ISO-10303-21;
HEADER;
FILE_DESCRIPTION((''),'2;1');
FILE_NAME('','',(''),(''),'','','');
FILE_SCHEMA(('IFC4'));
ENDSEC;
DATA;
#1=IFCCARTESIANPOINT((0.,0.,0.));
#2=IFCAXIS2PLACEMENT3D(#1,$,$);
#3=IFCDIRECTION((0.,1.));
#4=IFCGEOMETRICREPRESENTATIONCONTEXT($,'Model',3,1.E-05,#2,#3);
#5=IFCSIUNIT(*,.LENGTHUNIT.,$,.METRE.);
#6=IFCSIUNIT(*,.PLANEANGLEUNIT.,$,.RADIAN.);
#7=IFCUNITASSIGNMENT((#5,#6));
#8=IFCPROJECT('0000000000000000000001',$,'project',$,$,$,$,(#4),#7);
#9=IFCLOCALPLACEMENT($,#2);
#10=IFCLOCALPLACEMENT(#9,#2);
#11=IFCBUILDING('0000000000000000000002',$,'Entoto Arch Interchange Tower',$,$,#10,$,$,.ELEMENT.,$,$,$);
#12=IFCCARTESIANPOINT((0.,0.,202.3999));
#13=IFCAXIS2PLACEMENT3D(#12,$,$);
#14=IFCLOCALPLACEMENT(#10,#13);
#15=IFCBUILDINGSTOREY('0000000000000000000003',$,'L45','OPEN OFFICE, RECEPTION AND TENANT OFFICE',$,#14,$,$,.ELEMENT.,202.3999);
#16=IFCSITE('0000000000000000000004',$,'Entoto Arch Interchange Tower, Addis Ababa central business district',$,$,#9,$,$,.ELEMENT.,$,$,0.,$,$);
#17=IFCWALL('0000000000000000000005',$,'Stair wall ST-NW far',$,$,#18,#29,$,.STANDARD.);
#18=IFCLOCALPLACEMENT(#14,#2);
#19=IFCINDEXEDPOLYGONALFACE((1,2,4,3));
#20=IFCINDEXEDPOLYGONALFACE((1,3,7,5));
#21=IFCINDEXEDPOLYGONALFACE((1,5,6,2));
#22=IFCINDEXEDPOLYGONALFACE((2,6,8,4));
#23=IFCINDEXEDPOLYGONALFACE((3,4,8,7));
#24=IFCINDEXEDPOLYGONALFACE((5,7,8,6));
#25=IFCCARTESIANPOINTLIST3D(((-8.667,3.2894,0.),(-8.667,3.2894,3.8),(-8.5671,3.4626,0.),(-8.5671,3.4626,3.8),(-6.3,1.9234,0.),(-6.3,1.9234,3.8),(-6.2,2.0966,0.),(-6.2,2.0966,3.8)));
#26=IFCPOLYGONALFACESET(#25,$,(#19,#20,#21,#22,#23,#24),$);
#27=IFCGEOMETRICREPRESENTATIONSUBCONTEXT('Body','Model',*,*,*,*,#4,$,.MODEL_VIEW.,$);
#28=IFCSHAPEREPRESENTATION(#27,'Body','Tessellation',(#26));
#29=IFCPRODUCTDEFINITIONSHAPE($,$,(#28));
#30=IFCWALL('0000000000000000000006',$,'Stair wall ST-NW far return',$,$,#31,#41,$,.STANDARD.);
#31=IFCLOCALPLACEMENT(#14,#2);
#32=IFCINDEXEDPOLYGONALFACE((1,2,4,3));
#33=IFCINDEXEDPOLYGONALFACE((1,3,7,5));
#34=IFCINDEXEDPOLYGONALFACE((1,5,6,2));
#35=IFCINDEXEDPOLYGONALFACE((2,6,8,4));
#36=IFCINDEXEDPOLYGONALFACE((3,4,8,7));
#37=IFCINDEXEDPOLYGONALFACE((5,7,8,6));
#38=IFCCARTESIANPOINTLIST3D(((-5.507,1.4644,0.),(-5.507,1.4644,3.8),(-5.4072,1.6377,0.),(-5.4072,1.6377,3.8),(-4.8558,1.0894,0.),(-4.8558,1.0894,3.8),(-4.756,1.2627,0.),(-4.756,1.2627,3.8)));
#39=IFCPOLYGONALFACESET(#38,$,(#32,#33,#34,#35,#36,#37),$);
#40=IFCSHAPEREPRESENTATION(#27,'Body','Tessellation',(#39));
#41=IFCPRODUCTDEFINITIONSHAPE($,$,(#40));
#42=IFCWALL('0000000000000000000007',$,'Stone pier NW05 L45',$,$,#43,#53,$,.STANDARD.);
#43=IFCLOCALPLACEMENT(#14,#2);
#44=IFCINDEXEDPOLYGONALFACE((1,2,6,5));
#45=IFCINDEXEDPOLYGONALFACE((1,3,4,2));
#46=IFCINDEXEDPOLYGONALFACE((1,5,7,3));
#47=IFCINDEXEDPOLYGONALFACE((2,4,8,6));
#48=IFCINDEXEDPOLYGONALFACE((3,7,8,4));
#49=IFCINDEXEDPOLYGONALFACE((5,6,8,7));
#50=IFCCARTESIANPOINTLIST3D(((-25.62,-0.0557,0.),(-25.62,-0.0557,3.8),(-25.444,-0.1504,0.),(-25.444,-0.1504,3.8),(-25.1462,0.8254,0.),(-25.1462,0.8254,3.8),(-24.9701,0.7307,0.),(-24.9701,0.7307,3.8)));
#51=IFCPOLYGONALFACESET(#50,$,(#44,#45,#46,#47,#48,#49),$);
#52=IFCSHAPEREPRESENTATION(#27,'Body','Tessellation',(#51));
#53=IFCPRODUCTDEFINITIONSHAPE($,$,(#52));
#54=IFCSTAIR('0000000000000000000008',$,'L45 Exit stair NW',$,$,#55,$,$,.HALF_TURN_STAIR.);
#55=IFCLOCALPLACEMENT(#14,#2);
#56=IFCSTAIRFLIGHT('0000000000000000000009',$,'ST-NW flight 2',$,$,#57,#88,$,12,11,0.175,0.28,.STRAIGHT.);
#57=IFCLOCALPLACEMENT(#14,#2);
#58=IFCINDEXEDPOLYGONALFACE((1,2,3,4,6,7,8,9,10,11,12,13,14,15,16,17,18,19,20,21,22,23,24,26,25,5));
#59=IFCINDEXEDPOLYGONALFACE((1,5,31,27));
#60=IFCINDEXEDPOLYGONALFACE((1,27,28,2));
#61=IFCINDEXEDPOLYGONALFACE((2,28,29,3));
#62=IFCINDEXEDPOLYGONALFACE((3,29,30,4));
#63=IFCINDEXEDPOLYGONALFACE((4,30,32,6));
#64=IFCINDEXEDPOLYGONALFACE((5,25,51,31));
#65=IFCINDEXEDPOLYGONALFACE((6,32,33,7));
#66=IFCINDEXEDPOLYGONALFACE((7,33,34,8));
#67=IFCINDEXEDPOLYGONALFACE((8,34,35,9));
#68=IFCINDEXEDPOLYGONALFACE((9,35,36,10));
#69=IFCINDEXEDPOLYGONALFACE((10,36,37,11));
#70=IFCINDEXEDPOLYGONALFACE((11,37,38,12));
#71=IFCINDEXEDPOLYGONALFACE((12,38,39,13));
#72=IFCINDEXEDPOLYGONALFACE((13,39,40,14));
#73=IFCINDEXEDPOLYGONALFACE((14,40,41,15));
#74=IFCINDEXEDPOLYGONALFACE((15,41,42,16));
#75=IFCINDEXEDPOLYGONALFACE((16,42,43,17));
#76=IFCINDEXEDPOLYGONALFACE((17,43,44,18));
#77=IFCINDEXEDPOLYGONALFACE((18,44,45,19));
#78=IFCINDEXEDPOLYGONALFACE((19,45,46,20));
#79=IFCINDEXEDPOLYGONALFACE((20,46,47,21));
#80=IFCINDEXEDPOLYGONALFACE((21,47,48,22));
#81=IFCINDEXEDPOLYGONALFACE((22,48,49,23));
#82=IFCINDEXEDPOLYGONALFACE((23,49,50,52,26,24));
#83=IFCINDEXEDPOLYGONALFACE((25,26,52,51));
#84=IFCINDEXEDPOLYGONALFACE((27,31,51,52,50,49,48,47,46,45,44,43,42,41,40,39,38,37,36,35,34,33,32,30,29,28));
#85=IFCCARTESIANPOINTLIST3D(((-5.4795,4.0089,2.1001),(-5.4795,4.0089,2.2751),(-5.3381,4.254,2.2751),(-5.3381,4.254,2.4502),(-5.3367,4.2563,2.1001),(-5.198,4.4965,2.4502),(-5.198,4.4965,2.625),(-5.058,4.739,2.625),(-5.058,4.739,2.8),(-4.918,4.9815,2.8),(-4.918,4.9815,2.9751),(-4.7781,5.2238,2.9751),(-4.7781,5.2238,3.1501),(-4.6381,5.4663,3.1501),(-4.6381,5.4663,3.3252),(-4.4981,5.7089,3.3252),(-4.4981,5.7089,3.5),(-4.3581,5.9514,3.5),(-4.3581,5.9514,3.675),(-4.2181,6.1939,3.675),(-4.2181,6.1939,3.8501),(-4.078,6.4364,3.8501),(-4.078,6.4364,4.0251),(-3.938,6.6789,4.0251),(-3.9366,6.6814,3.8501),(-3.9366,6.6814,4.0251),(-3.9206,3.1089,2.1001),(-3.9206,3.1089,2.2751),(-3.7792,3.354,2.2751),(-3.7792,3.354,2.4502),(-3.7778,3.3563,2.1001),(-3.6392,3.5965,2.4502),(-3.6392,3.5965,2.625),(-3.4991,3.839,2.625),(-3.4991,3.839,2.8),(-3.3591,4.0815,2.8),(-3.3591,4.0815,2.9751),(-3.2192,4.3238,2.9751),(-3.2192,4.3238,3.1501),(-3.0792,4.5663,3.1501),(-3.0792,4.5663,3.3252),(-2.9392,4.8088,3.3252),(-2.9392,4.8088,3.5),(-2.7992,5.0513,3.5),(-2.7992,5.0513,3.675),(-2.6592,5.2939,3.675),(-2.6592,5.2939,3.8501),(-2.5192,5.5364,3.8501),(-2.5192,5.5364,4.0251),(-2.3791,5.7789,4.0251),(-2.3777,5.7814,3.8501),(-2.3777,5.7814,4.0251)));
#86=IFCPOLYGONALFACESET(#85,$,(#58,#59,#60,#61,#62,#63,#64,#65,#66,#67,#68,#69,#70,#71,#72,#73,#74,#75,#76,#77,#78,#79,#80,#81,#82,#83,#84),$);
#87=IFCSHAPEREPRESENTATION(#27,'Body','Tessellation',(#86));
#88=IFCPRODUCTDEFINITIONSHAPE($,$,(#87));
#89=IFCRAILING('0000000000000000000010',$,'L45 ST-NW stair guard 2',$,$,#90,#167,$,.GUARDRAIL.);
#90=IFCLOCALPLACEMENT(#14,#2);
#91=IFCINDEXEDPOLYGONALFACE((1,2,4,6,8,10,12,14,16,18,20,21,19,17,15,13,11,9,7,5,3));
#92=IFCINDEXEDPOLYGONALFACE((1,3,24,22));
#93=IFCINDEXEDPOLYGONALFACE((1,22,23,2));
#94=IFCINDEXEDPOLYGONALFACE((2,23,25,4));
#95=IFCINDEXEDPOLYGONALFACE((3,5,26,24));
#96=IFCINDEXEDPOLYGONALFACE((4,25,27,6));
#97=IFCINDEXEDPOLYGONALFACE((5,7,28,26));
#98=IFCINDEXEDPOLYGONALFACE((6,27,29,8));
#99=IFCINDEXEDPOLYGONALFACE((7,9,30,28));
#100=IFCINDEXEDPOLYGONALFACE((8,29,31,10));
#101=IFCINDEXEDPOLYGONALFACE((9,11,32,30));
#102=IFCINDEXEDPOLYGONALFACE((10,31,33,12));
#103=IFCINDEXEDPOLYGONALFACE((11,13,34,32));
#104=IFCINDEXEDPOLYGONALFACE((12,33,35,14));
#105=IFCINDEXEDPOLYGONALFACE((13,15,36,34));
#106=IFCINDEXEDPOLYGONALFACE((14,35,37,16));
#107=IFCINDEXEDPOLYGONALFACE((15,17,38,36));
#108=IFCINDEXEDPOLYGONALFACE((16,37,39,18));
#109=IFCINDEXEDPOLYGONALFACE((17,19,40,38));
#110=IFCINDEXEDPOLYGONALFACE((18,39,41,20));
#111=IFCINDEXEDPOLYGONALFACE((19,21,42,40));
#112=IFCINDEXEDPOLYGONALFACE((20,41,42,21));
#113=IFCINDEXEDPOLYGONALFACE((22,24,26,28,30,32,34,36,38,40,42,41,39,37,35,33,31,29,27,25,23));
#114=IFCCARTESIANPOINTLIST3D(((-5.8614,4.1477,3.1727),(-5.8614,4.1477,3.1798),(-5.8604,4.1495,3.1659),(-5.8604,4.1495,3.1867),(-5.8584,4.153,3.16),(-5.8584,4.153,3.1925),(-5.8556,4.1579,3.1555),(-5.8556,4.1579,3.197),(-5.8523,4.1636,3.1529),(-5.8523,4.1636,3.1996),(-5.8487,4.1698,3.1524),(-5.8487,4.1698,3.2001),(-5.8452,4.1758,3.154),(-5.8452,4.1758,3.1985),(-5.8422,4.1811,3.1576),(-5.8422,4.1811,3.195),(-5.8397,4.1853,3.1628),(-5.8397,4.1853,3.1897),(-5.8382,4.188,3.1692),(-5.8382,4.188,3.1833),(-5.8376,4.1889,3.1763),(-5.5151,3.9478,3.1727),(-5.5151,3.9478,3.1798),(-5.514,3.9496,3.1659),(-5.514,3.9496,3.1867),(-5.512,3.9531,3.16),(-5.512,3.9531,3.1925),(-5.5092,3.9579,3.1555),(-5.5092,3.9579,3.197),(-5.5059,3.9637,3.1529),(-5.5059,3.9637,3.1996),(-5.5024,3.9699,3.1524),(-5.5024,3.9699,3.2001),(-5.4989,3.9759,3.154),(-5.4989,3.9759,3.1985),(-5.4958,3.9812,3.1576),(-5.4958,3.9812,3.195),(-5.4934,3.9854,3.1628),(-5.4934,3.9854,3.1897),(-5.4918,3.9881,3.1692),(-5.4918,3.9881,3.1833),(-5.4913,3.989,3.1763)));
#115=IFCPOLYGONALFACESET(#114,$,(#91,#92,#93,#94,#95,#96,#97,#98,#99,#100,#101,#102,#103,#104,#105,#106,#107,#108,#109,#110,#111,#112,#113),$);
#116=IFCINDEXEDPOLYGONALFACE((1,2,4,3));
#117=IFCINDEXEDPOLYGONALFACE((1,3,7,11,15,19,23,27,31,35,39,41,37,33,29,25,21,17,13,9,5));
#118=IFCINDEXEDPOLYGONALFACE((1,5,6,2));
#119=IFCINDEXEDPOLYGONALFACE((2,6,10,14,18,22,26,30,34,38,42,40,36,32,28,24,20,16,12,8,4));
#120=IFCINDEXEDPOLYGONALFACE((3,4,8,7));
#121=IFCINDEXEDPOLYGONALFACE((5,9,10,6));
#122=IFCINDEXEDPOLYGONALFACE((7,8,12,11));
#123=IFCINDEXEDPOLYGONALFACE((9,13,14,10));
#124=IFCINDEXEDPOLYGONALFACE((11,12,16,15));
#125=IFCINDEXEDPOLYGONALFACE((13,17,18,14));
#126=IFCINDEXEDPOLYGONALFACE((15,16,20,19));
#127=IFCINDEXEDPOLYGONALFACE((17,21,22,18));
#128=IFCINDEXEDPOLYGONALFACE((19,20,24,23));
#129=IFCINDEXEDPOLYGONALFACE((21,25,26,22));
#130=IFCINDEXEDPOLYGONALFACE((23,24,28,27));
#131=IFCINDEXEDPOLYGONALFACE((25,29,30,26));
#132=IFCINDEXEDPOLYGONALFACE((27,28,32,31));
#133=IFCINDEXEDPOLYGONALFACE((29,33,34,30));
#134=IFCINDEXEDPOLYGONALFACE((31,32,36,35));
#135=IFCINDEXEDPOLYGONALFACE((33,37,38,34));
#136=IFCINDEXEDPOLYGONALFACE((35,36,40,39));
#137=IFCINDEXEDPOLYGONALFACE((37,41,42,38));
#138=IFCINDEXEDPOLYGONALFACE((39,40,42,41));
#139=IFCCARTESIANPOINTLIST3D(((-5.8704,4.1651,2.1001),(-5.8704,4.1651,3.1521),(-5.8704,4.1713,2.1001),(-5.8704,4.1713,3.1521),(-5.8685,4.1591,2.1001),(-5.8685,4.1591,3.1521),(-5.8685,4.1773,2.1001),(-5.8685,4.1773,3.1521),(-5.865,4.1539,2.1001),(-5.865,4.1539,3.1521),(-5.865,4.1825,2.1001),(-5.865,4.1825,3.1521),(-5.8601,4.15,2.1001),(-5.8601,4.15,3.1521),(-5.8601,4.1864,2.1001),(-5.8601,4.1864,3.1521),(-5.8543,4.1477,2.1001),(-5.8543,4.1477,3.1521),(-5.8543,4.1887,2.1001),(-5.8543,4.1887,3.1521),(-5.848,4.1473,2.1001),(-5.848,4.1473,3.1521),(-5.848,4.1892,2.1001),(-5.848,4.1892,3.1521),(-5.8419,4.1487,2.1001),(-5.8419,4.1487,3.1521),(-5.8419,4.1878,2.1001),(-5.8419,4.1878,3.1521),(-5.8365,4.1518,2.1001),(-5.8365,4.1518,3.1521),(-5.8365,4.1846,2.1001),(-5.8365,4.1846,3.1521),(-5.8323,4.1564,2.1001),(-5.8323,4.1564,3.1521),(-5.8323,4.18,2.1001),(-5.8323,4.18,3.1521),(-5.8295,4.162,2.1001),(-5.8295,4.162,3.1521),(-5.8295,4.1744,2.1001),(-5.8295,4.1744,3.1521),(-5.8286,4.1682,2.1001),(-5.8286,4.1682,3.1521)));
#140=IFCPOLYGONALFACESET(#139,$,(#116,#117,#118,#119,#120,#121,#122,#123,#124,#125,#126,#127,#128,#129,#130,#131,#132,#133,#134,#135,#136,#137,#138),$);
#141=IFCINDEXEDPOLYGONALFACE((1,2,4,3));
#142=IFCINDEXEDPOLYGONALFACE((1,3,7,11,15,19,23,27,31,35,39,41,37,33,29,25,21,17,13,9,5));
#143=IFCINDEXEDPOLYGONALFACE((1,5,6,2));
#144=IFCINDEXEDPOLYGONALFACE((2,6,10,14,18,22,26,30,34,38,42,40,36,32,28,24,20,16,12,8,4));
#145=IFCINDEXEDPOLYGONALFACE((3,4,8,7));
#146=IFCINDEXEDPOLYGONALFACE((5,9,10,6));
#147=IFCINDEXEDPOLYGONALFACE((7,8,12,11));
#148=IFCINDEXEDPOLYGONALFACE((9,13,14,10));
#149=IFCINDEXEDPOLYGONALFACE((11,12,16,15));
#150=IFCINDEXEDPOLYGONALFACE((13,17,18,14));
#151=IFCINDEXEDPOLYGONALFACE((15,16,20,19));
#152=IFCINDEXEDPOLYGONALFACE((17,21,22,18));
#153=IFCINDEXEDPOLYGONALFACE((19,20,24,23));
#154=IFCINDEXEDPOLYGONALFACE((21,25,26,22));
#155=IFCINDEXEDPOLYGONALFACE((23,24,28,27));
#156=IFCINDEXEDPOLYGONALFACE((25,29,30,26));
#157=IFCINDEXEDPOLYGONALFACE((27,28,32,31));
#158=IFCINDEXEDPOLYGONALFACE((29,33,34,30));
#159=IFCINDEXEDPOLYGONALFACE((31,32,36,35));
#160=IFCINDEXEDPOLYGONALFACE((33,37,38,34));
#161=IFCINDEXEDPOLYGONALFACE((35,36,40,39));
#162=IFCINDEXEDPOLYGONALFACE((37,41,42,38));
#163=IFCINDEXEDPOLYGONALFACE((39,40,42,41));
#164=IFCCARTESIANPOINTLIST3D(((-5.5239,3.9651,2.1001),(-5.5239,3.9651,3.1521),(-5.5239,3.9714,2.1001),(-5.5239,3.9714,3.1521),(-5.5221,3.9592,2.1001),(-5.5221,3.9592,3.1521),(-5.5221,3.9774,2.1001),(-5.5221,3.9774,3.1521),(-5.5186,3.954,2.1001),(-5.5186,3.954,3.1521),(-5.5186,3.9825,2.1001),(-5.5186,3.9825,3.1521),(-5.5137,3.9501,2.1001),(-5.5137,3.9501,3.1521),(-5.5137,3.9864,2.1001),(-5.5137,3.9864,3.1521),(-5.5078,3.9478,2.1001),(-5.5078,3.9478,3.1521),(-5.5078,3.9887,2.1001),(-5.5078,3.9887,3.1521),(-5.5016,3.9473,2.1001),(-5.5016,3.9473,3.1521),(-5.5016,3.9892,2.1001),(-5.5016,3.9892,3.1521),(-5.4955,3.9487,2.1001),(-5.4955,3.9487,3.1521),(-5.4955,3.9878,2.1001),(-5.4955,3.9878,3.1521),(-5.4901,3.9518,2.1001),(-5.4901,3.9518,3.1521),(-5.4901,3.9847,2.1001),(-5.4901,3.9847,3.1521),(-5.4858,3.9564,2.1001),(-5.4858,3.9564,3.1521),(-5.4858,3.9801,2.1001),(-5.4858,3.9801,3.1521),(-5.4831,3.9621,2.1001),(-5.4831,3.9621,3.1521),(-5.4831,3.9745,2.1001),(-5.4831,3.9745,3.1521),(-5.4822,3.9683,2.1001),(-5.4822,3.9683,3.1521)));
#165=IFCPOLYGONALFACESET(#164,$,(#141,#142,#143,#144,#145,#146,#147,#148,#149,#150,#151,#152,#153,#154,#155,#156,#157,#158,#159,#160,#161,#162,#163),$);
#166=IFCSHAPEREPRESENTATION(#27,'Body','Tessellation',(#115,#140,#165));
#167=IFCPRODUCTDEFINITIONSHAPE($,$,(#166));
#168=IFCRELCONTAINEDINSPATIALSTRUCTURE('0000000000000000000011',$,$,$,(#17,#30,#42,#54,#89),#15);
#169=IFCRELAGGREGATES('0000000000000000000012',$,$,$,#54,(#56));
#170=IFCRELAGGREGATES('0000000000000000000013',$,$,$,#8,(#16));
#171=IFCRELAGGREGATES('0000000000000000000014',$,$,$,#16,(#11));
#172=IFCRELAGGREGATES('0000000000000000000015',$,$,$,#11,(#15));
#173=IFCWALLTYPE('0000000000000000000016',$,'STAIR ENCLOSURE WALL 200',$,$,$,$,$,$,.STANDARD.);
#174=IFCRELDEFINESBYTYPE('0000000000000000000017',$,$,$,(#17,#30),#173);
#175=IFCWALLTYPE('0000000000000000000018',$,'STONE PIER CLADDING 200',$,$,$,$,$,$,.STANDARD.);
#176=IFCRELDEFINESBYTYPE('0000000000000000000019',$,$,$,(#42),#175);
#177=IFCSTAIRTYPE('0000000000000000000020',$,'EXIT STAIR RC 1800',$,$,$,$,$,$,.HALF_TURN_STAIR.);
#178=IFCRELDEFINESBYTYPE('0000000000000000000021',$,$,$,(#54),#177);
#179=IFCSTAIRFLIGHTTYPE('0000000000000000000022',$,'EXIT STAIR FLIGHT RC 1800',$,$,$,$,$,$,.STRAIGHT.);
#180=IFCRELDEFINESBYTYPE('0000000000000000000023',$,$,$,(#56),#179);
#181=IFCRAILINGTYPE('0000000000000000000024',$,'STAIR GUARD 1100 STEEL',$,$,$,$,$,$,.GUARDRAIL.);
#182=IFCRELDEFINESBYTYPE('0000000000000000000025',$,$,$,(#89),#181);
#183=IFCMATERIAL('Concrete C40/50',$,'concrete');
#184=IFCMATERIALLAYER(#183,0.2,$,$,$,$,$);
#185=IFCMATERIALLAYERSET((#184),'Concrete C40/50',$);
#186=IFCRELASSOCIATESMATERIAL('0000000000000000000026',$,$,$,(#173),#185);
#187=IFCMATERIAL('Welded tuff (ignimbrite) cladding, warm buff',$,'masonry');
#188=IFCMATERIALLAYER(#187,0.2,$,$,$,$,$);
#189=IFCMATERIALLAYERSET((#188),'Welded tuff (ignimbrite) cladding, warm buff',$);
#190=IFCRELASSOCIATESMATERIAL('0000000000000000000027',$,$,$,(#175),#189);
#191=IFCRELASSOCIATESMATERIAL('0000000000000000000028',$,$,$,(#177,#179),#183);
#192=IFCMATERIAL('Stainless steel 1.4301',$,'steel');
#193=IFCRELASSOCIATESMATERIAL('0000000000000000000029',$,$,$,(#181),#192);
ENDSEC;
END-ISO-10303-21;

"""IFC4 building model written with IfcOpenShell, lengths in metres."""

from ifc_helpers import new_model, si_unit, direction, frame, frame_2d, origin, origin_2d, place, context, subcontext, project, spatial, polyline, rectangle, circle, outline, extrude, material, layer, layer_set, type_object, element, aggregate, save


model = new_model("IFC4")

# Units and contexts
model_context = context("Model", 3, precision=1e-05, world=origin(), true_north=direction((0.0, 1.0)))
body_context = subcontext(model_context, "Body", "Model", "MODEL_VIEW")
ifc_project = project(units=[si_unit("LENGTHUNIT", "METRE"), si_unit("PLANEANGLEUNIT", "RADIAN")], contexts=[model_context])

# Site, building, storey
site_placement = place(None, origin())
site = spatial("IfcSite", under=ifc_project, at=site_placement, Name="Entoto Arch Interchange Tower, Addis Ababa central business district", CompositionType="ELEMENT", RefElevation=0.0)
building_placement = place(site_placement, origin())
building = spatial("IfcBuilding", under=site, at=building_placement, Name="Entoto Arch Interchange Tower", CompositionType="ELEMENT")
storey_placement = place(building_placement, frame((0.0, 0.0, 202.3999)))
storey = spatial("IfcBuildingStorey", under=building, at=storey_placement, Name="L45", Description="OPEN OFFICE, RECEPTION AND TENANT OFFICE", CompositionType="ELEMENT", Elevation=202.3999)

# Shared definitions
ifc_material_1 = material(Name="Concrete C40/50", Category="concrete")

# Walls
ifc_layer_1 = layer(ifc_material_1, 0.2)
ifc_layer_set_1 = layer_set([ifc_layer_1], Name="Concrete C40/50")
wall_type_1 = type_object("IfcWallType", Name="STAIR ENCLOSURE WALL 200", PredefinedType="STANDARD", material=ifc_layer_set_1)
wall_1_placement = place(storey_placement, frame((-6.25, 2.01, 0.0), z_axis=(0.0, 0.0, 1.0), x_axis=(-0.866119, 0.499838, 0.0)))
element("IfcWall", 1, at=wall_1_placement, inside=storey, type_object=wall_type_1, Name="Stair wall ST-NW far", PredefinedType="STANDARD", context=body_context, shape_type="SweptSolid", body=[
    extrude(rectangle(XDim=2.7329, YDim=0.2, at=frame_2d((1.3665, 0.0))), origin(), (0.0, 0.0, 1.0), 3.8),
])
wall_2_placement = place(storey_placement, frame((-4.8059, 1.176, 0.0), z_axis=(0.0, 0.0, 1.0), x_axis=(-0.866559, 0.499075, 0.0)))
element("IfcWall", 2, at=wall_2_placement, inside=storey, type_object=wall_type_1, Name="Stair wall ST-NW far return", PredefinedType="STANDARD", context=body_context, shape_type="SweptSolid", body=[
    extrude(rectangle(XDim=0.7515, YDim=0.2, at=frame_2d((0.3757, 0.0))), origin(), (0.0, 0.0, 1.0), 3.8),
])
ifc_material_2 = material(Name="Welded tuff (ignimbrite) cladding, warm buff", Category="masonry")
ifc_layer_2 = layer(ifc_material_2, 0.2)
ifc_layer_set_2 = layer_set([ifc_layer_2], Name="Welded tuff (ignimbrite) cladding, warm buff")
wall_type_2 = type_object("IfcWallType", Name="STONE PIER CLADDING 200", PredefinedType="STANDARD", material=ifc_layer_set_2)
wall_3_placement = place(storey_placement, frame((-25.0581, 0.7781, 0.0), z_axis=(0.0, 0.0, 1.0), x_axis=(-0.473663, -0.880706, 0.0)))
element("IfcWall", 3, at=wall_3_placement, inside=storey, type_object=wall_type_2, Name="Stone pier NW05 L45", PredefinedType="STANDARD", context=body_context, shape_type="SweptSolid", body=[
    extrude(rectangle(XDim=1.0005, YDim=0.2, at=frame_2d((0.5002, 0.0))), origin(), (0.0, 0.0, 1.0), 3.8),
])

# Stair, stair flight
stair_type = type_object("IfcStairType", Name="EXIT STAIR RC 1800", PredefinedType="HALF_TURN_STAIR", material=ifc_material_1)
stair_placement = place(storey_placement, origin())
stair = element("IfcStair", 4, at=stair_placement, inside=storey, type_object=stair_type, Name="L45 Exit stair NW", PredefinedType="HALF_TURN_STAIR")
stair_flight_type = type_object("IfcStairFlightType", Name="EXIT STAIR FLIGHT RC 1800", PredefinedType="STRAIGHT", material=ifc_material_1)
stair_flight_placement = place(storey_placement, frame((-4.6987, 3.5615, 2.1001), z_axis=(0.0, 0.0, 1.0), x_axis=(0.5, 0.866025, 0.0)))
stair_flight = element("IfcStairFlight", 5, at=stair_flight_placement, type_object=stair_flight_type, Name="ST-NW flight 2", NumberOfRisers=12, NumberOfTreads=11, PredefinedType="STRAIGHT", RiserHeight=0.175, TreadLength=0.28, context=body_context, shape_type="SweptSolid", body=[
    extrude(outline(polyline([(-0.0029, 0.0), (-0.0029, 0.175), (0.28, 0.175), (0.28, 0.3501), (0.5601, 0.3501), (0.5601, 0.5249), (0.8401, 0.5249), (0.8401, 0.7), (1.1201, 0.7), (1.1201, 0.875), (1.3999, 0.875), (1.3999, 1.05), (1.6799, 1.05), (1.6799, 1.2251), (1.96, 1.2251), (1.96, 1.3999), (2.24, 1.3999), (2.24, 1.575), (2.52, 1.575), (2.52, 1.75), (2.8, 1.75), (2.8, 1.925), (3.0801, 1.925), (3.083, 1.925), (3.083, 1.75), (0.2827, 0.0), (-0.0029, 0.0)])), frame((0.0, 0.8999, 0.0), z_axis=(0.0, -1.0, 0.0), x_axis=(1.0, 0.0, 0.0)), (0.0, 0.0, 1.0), 1.8),
])
aggregate(stair, [stair_flight])

# Railing
ifc_material_3 = material(Name="Stainless steel 1.4301", Category="steel")
railing_type_1 = type_object("IfcRailingType", Name="STAIR GUARD 1100 STEEL", PredefinedType="GUARDRAIL", material=ifc_material_3)
railing_1_placement = place(storey_placement, frame((-5.8496, 4.1682, 2.1001)))
element("IfcRailing", 6, at=railing_1_placement, inside=storey, type_object=railing_type_1, Name="L45 ST-NW stair guard 2", PredefinedType="GUARDRAIL", context=body_context, shape_type="SweptSolid", body=[
    extrude(circle(Radius=0.0239, at=origin_2d()), frame((0.0, 0.0, 1.0762), z_axis=(0.866094, -0.499881, 0.0), x_axis=(0.499881, 0.866094, 0.0)), (0.0, 0.0, 1.0), 0.3999),
    extrude(circle(Radius=0.021, at=origin_2d()), origin(), (0.0, 0.0, 1.0), 1.052),
    extrude(circle(Radius=0.021, at=origin_2d()), frame((0.3464, -0.2, 0.0)), (0.0, 0.0, 1.0), 1.052),
])

save(model, "model.ifc")
